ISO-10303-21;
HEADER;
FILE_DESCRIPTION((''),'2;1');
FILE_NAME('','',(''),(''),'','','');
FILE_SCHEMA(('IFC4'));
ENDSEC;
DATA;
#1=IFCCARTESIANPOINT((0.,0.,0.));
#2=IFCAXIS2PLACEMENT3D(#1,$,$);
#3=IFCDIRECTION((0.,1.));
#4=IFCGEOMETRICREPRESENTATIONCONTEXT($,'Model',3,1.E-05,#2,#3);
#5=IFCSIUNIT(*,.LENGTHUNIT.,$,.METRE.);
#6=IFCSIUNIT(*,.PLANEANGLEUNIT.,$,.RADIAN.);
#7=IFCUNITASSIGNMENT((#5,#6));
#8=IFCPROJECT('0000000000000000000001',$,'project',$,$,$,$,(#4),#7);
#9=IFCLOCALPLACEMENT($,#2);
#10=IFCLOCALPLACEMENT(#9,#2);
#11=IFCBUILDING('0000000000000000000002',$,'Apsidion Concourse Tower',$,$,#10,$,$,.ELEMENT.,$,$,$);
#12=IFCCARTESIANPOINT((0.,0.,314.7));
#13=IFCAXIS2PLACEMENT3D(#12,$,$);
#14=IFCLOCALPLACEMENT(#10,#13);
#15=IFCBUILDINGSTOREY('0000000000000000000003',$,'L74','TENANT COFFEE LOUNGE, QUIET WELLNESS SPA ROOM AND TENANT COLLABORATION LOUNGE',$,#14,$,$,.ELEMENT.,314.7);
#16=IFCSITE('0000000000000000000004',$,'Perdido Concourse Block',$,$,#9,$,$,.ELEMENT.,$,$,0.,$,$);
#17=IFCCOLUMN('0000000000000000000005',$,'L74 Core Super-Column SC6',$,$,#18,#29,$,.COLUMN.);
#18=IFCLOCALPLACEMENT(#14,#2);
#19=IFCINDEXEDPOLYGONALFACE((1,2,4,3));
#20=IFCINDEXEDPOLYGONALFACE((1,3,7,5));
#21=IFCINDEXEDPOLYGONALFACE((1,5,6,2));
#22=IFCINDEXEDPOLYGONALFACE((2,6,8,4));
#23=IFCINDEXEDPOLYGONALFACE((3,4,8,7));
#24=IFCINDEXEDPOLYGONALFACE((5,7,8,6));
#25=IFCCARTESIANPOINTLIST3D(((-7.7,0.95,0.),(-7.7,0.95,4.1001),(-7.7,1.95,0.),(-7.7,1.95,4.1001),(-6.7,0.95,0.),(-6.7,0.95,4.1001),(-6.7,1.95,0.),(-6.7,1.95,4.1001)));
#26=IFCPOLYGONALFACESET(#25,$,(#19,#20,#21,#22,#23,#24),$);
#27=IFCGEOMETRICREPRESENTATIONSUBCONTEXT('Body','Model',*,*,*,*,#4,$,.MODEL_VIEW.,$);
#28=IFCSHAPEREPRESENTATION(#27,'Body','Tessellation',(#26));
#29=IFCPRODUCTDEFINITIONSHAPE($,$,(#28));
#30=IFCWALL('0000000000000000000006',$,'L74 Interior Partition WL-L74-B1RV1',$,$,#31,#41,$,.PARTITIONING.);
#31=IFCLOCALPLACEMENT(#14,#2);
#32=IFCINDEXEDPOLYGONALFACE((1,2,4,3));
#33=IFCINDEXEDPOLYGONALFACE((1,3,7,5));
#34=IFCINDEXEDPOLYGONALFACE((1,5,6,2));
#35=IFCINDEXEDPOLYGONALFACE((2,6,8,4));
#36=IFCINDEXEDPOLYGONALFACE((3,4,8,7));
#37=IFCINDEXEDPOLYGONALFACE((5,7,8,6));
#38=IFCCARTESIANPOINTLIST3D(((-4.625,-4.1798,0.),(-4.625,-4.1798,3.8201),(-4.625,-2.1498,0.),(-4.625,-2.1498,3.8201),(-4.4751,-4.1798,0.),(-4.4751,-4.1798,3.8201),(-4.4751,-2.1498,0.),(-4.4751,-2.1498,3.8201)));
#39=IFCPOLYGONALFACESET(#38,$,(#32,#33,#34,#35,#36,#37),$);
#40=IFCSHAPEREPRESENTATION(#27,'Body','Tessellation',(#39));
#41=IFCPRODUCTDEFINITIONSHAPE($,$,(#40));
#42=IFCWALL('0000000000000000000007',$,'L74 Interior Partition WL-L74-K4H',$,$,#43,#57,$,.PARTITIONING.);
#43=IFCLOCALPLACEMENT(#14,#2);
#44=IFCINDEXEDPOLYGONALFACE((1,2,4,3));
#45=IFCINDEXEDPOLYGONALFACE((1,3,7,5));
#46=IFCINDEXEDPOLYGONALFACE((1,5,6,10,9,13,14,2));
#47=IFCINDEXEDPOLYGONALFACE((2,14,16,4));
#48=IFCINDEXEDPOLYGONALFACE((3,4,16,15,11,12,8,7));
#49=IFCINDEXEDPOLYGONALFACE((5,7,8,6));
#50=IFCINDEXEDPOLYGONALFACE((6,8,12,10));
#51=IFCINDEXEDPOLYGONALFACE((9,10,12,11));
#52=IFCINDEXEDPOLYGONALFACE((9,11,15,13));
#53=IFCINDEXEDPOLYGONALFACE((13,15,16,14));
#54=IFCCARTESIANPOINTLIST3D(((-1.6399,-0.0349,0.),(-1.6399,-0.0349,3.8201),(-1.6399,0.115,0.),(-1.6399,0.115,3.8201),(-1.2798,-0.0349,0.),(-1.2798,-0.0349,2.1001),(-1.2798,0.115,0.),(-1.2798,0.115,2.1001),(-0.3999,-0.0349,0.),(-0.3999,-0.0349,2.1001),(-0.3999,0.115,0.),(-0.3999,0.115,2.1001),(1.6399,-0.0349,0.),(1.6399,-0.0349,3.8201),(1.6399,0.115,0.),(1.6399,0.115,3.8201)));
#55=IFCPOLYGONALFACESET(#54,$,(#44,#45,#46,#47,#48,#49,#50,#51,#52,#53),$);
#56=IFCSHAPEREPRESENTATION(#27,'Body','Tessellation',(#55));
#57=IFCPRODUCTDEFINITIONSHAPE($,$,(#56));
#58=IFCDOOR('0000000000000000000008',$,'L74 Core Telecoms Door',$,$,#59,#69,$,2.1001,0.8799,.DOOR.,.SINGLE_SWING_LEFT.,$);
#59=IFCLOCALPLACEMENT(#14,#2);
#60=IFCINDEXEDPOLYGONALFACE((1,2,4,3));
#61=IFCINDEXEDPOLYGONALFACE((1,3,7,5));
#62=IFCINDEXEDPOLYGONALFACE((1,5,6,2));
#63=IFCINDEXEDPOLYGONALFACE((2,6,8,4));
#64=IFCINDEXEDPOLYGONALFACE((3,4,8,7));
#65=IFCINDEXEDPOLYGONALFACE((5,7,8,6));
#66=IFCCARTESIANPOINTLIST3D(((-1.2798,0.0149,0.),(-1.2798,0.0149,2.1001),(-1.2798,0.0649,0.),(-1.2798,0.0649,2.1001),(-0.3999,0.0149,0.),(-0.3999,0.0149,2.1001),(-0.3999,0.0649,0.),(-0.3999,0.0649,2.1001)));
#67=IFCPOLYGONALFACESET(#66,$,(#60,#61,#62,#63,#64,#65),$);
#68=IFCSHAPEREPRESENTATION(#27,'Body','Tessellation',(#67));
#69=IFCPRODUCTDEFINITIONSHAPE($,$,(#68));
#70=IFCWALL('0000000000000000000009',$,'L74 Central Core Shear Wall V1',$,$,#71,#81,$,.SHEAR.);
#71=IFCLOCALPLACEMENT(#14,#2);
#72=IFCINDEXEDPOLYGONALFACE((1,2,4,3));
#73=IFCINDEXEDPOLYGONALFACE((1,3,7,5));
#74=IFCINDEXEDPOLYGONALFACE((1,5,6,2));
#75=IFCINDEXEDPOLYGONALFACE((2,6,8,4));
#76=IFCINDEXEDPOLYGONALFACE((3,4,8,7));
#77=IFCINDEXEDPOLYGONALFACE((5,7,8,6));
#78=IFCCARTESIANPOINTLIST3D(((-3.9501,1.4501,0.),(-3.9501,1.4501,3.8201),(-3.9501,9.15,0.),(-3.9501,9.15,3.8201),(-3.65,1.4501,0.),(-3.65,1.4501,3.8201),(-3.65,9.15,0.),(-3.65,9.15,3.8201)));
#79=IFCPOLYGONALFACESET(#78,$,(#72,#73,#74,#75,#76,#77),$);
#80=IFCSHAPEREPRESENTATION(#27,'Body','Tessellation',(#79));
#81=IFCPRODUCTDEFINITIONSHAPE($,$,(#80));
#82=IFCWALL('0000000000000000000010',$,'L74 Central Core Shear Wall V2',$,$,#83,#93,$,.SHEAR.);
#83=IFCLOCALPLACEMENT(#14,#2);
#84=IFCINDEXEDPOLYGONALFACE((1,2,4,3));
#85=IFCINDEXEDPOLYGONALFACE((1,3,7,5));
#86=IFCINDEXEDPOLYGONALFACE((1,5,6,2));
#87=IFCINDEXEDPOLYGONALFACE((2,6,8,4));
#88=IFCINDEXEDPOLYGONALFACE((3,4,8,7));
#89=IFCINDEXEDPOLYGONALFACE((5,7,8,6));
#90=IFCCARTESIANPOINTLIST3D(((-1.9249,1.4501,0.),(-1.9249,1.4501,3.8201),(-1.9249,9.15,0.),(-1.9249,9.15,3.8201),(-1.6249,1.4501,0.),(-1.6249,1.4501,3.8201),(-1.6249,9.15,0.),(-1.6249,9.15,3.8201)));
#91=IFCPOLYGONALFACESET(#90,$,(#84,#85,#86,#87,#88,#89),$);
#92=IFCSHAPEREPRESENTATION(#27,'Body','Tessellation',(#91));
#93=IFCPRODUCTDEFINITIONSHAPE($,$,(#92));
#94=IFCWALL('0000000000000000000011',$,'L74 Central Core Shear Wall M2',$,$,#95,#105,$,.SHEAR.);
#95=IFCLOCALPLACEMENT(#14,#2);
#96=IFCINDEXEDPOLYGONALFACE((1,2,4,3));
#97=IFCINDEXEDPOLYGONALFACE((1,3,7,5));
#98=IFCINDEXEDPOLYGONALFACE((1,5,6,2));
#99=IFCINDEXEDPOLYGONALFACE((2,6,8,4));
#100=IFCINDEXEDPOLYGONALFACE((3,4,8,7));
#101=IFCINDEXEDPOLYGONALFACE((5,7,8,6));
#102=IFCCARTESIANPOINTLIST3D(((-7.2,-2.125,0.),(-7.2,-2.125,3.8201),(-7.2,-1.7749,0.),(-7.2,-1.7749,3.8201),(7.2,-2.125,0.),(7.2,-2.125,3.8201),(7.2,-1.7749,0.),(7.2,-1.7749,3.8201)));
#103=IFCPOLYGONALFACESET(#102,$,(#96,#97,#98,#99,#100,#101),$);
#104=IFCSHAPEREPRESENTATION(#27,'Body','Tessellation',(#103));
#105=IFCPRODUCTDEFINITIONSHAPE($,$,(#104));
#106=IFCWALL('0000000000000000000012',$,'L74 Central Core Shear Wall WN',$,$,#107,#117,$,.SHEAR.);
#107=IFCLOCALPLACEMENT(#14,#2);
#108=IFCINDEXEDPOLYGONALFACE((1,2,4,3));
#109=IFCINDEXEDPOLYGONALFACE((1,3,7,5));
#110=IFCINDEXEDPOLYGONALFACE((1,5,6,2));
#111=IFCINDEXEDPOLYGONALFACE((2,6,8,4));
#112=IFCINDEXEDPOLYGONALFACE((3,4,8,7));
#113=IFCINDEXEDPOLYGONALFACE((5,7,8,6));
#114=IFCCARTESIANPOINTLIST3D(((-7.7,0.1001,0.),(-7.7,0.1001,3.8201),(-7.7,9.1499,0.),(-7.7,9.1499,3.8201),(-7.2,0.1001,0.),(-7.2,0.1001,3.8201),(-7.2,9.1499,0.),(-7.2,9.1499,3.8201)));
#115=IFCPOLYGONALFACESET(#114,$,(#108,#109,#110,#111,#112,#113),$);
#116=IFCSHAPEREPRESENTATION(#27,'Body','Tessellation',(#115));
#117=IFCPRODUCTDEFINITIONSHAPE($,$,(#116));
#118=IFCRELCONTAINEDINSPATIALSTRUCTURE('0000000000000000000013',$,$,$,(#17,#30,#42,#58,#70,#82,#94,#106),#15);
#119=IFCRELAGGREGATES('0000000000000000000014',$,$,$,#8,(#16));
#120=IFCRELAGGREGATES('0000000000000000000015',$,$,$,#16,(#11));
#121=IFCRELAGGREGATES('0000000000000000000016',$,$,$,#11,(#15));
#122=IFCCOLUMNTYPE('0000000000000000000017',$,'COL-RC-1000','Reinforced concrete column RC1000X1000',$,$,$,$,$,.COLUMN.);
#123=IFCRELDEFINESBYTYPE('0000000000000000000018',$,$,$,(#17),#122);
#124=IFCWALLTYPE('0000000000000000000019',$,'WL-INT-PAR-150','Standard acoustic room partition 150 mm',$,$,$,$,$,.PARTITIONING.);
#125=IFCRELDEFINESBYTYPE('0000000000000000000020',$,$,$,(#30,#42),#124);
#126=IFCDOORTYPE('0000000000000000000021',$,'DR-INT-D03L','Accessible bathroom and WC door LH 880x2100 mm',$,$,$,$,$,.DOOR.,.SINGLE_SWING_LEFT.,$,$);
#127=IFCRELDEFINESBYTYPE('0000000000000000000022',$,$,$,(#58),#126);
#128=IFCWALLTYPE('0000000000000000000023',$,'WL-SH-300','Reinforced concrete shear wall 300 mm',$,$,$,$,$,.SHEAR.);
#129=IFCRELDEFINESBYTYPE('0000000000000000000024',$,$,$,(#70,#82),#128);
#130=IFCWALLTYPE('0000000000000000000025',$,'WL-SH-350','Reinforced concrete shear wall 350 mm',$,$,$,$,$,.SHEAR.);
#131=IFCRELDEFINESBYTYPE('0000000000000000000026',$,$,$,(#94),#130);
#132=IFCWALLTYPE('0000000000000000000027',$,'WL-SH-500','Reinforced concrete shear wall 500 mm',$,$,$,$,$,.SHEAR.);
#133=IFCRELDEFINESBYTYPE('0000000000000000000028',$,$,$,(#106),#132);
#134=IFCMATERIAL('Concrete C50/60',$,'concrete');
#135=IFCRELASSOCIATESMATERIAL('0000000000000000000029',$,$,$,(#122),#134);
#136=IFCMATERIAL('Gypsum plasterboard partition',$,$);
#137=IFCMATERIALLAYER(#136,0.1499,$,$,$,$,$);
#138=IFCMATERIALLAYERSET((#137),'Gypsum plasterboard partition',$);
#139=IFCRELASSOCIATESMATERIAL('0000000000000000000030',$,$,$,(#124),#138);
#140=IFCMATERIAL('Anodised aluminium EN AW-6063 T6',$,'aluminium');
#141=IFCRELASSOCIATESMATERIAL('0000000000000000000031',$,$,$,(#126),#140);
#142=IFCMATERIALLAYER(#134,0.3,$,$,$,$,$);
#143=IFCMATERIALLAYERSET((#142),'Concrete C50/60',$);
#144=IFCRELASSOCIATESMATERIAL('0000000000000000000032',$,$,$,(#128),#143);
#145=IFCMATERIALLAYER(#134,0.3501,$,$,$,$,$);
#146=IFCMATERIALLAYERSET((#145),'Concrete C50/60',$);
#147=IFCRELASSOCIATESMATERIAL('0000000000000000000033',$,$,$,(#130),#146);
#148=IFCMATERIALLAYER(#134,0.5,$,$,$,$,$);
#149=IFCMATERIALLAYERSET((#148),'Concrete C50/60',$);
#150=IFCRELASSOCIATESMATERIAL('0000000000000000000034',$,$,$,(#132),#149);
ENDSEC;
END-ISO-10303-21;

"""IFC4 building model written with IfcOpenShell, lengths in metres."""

from ifc_helpers import new_model, si_unit, direction, frame, frame_2d, origin, origin_2d, place, context, subcontext, project, spatial, rectangle, extrude, material, layer, layer_set, material_profile, profile_set, type_object, element, fill, save


model = new_model("IFC4")

# Units and contexts
model_context = context("Model", 3, precision=1e-05, world=origin(), true_north=direction((0.0, 1.0)))
body_context = subcontext(model_context, "Body", "Model", "MODEL_VIEW")
ifc_project = project(units=[si_unit("LENGTHUNIT", "METRE"), si_unit("PLANEANGLEUNIT", "RADIAN")], contexts=[model_context])

# Site, building, storey
site_placement = place(None, origin())
site = spatial("IfcSite", under=ifc_project, at=site_placement, Name="Perdido Concourse Block", CompositionType="ELEMENT", RefElevation=0.0)
building_placement = place(site_placement, origin())
building = spatial("IfcBuilding", under=site, at=building_placement, Name="Apsidion Concourse Tower", CompositionType="ELEMENT")
storey_placement = place(building_placement, frame((0.0, 0.0, 314.7)))
storey = spatial("IfcBuildingStorey", under=building, at=storey_placement, Name="L74", Description="TENANT COFFEE LOUNGE, QUIET WELLNESS SPA ROOM AND TENANT COLLABORATION LOUNGE", CompositionType="ELEMENT", Elevation=314.7)

# Column
ifc_material_1 = material(Name="Concrete C50/60", Category="concrete")
ifc_material_profile = material_profile(ifc_material_1, rectangle(XDim=1.0, YDim=1.0, at=origin_2d()), Name="RC 1000x1000")
ifc_profile_set = profile_set([ifc_material_profile], Name="Concrete C50/60")
column_type = type_object("IfcColumnType", Name="COL-RC-1000", Description="Reinforced concrete column RC1000X1000", PredefinedType="COLUMN", material=ifc_profile_set)
column_placement = place(storey_placement, frame((-7.2, 1.45, 0.0), z_axis=(0.0, 0.0, 1.0), x_axis=(1.0, 0.0, 0.0)))
element("IfcColumn", 1, at=column_placement, inside=storey, type_object=column_type, Name="L74 Core Super-Column SC6", PredefinedType="COLUMN", context=body_context, shape_type="SweptSolid", body=[
    extrude(rectangle(XDim=1.0, YDim=1.0, at=origin_2d()), origin(), (0.0, 0.0, 1.0), 4.1001),
])

# Wall
ifc_material_2 = material(Name="Gypsum plasterboard partition")
ifc_layer_1 = layer(ifc_material_2, 0.1499)
ifc_layer_set_1 = layer_set([ifc_layer_1], Name="Gypsum plasterboard partition")
wall_type_1 = type_object("IfcWallType", Name="WL-INT-PAR-150", Description="Standard acoustic room partition 150 mm", PredefinedType="PARTITIONING", material=ifc_layer_set_1)
wall_1_placement = place(storey_placement, frame((-4.55, -4.1799, 0.0), z_axis=(0.0, 0.0, 1.0), x_axis=(0.0, 1.0, 0.0)))
element("IfcWall", 2, at=wall_1_placement, inside=storey, type_object=wall_type_1, Name="L74 Interior Partition WL-L74-B1RV1", PredefinedType="PARTITIONING", context=body_context, shape_type="SweptSolid", body=[
    extrude(rectangle(XDim=2.03, YDim=0.1499, at=frame_2d((1.0151, 0.0))), origin(), (0.0, 0.0, 1.0), 3.8201),
])

# Wall, opening, door
wall_2_placement = place(storey_placement, frame((-1.6399, 0.04, 0.0), z_axis=(0.0, 0.0, 1.0), x_axis=(1.0, 0.0, 0.0)))
wall_2 = element("IfcWall", 3, at=wall_2_placement, inside=storey, type_object=wall_type_1, Name="L74 Interior Partition WL-L74-K4H", PredefinedType="PARTITIONING", context=body_context, shape_type="SweptSolid", body=[
    extrude(rectangle(XDim=3.2798, YDim=0.1499, at=frame_2d((1.6399, 0.0))), origin(), (0.0, 0.0, 1.0), 3.8201),
])
opening_1_placement = place(wall_2_placement, frame((0.3601, 0.0, 0.0)))
opening_1 = element("IfcOpeningElement", 4, at=opening_1_placement, cuts=wall_2, PredefinedType="OPENING", context=body_context, shape_type="SweptSolid", body=[
    extrude(rectangle(XDim=0.8799, YDim=2.1001, at=frame_2d((0.4399, 1.05))), frame((0.0, 0.085, 0.0), z_axis=(0.0, -1.0, 0.0), x_axis=(1.0, 0.0, 0.0)), (0.0, 0.0, 1.0), 0.1699),
])
ifc_material_3 = material(Name="Anodised aluminium EN AW-6063 T6", Category="aluminium")
door_type_1 = type_object("IfcDoorType", Name="DR-INT-D03L", Description="Accessible bathroom and WC door LH 880x2100 mm", OperationType="SINGLE_SWING_LEFT", PredefinedType="DOOR", material=ifc_material_3)
door_1_placement = place(opening_1_placement, origin())
door_1 = element("IfcDoor", 5, at=door_1_placement, inside=storey, type_object=door_type_1, Name="L74 Core Telecoms Door", OperationType="SINGLE_SWING_LEFT", OverallHeight=2.1001, OverallWidth=0.8799, PredefinedType="DOOR", context=body_context, shape_type="SweptSolid", body=[
    extrude(rectangle(XDim=0.8799, YDim=2.1001, at=frame_2d((0.4399, 1.05))), frame((0.0, 0.0249, 0.0), z_axis=(0.0, -1.0, 0.0), x_axis=(1.0, 0.0, 0.0)), (0.0, 0.0, 1.0), 0.05),
])
fill(opening_1, door_1)

# Walls
ifc_layer_2 = layer(ifc_material_1, 0.3)
ifc_layer_set_2 = layer_set([ifc_layer_2], Name="Concrete C50/60")
wall_type_2 = type_object("IfcWallType", Name="WL-SH-300", Description="Reinforced concrete shear wall 300 mm", PredefinedType="SHEAR", material=ifc_layer_set_2)
for number, where, z_axis, x_axis, name in (
    (6, (-3.8, 1.45, 0.0), (0.0, 0.0, 1.0), (0.0, 1.0, 0.0), "L74 Central Core Shear Wall V1"),
    (7, (-1.7749, 1.45, 0.0), (0.0, 0.0, 1.0), (0.0, 1.0, 0.0), "L74 Central Core Shear Wall V2"),
):
    element("IfcWall", number, at=place(storey_placement, frame(where, z_axis=z_axis, x_axis=x_axis)), inside=storey, type_object=wall_type_2, Name=name, PredefinedType="SHEAR", context=body_context, shape_type="SweptSolid", body=[
        extrude(rectangle(XDim=7.7, YDim=0.3, at=frame_2d((3.8501, 0.0))), origin(), (0.0, 0.0, 1.0), 3.8201),
    ])

# Shared definitions
ifc_layer_3 = layer(ifc_material_1, 0.3501)
ifc_layer_set_3 = layer_set([ifc_layer_3], Name="Concrete C50/60")
wall_type_3 = type_object("IfcWallType", Name="WL-SH-350", Description="Reinforced concrete shear wall 350 mm", PredefinedType="SHEAR", material=ifc_layer_set_3)

# Wall
wall_3_placement = place(storey_placement, frame((-7.2, -1.95, 0.0), z_axis=(0.0, 0.0, 1.0), x_axis=(1.0, 0.0, 0.0)))
element("IfcWall", 8, at=wall_3_placement, inside=storey, type_object=wall_type_3, Name="L74 Central Core Shear Wall M2", PredefinedType="SHEAR", context=body_context, shape_type="SweptSolid", body=[
    extrude(rectangle(XDim=14.3999, YDim=0.3501, at=frame_2d((7.2, 0.0))), origin(), (0.0, 0.0, 1.0), 3.8201),
])

# Wall
ifc_layer_4 = layer(ifc_material_1, 0.5)
ifc_layer_set_4 = layer_set([ifc_layer_4], Name="Concrete C50/60")
wall_type_4 = type_object("IfcWallType", Name="WL-SH-500", Description="Reinforced concrete shear wall 500 mm", PredefinedType="SHEAR", material=ifc_layer_set_4)
wall_4_placement = place(storey_placement, frame((-7.45, 0.1001, 0.0), z_axis=(0.0, 0.0, 1.0), x_axis=(0.0, 1.0, 0.0)))
element("IfcWall", 9, at=wall_4_placement, inside=storey, type_object=wall_type_4, Name="L74 Central Core Shear Wall WN", PredefinedType="SHEAR", context=body_context, shape_type="SweptSolid", body=[
    extrude(rectangle(XDim=9.0498, YDim=0.5, at=frame_2d((4.5249, 0.0))), origin(), (0.0, 0.0, 1.0), 3.8201),
])

save(model, "model.ifc")
